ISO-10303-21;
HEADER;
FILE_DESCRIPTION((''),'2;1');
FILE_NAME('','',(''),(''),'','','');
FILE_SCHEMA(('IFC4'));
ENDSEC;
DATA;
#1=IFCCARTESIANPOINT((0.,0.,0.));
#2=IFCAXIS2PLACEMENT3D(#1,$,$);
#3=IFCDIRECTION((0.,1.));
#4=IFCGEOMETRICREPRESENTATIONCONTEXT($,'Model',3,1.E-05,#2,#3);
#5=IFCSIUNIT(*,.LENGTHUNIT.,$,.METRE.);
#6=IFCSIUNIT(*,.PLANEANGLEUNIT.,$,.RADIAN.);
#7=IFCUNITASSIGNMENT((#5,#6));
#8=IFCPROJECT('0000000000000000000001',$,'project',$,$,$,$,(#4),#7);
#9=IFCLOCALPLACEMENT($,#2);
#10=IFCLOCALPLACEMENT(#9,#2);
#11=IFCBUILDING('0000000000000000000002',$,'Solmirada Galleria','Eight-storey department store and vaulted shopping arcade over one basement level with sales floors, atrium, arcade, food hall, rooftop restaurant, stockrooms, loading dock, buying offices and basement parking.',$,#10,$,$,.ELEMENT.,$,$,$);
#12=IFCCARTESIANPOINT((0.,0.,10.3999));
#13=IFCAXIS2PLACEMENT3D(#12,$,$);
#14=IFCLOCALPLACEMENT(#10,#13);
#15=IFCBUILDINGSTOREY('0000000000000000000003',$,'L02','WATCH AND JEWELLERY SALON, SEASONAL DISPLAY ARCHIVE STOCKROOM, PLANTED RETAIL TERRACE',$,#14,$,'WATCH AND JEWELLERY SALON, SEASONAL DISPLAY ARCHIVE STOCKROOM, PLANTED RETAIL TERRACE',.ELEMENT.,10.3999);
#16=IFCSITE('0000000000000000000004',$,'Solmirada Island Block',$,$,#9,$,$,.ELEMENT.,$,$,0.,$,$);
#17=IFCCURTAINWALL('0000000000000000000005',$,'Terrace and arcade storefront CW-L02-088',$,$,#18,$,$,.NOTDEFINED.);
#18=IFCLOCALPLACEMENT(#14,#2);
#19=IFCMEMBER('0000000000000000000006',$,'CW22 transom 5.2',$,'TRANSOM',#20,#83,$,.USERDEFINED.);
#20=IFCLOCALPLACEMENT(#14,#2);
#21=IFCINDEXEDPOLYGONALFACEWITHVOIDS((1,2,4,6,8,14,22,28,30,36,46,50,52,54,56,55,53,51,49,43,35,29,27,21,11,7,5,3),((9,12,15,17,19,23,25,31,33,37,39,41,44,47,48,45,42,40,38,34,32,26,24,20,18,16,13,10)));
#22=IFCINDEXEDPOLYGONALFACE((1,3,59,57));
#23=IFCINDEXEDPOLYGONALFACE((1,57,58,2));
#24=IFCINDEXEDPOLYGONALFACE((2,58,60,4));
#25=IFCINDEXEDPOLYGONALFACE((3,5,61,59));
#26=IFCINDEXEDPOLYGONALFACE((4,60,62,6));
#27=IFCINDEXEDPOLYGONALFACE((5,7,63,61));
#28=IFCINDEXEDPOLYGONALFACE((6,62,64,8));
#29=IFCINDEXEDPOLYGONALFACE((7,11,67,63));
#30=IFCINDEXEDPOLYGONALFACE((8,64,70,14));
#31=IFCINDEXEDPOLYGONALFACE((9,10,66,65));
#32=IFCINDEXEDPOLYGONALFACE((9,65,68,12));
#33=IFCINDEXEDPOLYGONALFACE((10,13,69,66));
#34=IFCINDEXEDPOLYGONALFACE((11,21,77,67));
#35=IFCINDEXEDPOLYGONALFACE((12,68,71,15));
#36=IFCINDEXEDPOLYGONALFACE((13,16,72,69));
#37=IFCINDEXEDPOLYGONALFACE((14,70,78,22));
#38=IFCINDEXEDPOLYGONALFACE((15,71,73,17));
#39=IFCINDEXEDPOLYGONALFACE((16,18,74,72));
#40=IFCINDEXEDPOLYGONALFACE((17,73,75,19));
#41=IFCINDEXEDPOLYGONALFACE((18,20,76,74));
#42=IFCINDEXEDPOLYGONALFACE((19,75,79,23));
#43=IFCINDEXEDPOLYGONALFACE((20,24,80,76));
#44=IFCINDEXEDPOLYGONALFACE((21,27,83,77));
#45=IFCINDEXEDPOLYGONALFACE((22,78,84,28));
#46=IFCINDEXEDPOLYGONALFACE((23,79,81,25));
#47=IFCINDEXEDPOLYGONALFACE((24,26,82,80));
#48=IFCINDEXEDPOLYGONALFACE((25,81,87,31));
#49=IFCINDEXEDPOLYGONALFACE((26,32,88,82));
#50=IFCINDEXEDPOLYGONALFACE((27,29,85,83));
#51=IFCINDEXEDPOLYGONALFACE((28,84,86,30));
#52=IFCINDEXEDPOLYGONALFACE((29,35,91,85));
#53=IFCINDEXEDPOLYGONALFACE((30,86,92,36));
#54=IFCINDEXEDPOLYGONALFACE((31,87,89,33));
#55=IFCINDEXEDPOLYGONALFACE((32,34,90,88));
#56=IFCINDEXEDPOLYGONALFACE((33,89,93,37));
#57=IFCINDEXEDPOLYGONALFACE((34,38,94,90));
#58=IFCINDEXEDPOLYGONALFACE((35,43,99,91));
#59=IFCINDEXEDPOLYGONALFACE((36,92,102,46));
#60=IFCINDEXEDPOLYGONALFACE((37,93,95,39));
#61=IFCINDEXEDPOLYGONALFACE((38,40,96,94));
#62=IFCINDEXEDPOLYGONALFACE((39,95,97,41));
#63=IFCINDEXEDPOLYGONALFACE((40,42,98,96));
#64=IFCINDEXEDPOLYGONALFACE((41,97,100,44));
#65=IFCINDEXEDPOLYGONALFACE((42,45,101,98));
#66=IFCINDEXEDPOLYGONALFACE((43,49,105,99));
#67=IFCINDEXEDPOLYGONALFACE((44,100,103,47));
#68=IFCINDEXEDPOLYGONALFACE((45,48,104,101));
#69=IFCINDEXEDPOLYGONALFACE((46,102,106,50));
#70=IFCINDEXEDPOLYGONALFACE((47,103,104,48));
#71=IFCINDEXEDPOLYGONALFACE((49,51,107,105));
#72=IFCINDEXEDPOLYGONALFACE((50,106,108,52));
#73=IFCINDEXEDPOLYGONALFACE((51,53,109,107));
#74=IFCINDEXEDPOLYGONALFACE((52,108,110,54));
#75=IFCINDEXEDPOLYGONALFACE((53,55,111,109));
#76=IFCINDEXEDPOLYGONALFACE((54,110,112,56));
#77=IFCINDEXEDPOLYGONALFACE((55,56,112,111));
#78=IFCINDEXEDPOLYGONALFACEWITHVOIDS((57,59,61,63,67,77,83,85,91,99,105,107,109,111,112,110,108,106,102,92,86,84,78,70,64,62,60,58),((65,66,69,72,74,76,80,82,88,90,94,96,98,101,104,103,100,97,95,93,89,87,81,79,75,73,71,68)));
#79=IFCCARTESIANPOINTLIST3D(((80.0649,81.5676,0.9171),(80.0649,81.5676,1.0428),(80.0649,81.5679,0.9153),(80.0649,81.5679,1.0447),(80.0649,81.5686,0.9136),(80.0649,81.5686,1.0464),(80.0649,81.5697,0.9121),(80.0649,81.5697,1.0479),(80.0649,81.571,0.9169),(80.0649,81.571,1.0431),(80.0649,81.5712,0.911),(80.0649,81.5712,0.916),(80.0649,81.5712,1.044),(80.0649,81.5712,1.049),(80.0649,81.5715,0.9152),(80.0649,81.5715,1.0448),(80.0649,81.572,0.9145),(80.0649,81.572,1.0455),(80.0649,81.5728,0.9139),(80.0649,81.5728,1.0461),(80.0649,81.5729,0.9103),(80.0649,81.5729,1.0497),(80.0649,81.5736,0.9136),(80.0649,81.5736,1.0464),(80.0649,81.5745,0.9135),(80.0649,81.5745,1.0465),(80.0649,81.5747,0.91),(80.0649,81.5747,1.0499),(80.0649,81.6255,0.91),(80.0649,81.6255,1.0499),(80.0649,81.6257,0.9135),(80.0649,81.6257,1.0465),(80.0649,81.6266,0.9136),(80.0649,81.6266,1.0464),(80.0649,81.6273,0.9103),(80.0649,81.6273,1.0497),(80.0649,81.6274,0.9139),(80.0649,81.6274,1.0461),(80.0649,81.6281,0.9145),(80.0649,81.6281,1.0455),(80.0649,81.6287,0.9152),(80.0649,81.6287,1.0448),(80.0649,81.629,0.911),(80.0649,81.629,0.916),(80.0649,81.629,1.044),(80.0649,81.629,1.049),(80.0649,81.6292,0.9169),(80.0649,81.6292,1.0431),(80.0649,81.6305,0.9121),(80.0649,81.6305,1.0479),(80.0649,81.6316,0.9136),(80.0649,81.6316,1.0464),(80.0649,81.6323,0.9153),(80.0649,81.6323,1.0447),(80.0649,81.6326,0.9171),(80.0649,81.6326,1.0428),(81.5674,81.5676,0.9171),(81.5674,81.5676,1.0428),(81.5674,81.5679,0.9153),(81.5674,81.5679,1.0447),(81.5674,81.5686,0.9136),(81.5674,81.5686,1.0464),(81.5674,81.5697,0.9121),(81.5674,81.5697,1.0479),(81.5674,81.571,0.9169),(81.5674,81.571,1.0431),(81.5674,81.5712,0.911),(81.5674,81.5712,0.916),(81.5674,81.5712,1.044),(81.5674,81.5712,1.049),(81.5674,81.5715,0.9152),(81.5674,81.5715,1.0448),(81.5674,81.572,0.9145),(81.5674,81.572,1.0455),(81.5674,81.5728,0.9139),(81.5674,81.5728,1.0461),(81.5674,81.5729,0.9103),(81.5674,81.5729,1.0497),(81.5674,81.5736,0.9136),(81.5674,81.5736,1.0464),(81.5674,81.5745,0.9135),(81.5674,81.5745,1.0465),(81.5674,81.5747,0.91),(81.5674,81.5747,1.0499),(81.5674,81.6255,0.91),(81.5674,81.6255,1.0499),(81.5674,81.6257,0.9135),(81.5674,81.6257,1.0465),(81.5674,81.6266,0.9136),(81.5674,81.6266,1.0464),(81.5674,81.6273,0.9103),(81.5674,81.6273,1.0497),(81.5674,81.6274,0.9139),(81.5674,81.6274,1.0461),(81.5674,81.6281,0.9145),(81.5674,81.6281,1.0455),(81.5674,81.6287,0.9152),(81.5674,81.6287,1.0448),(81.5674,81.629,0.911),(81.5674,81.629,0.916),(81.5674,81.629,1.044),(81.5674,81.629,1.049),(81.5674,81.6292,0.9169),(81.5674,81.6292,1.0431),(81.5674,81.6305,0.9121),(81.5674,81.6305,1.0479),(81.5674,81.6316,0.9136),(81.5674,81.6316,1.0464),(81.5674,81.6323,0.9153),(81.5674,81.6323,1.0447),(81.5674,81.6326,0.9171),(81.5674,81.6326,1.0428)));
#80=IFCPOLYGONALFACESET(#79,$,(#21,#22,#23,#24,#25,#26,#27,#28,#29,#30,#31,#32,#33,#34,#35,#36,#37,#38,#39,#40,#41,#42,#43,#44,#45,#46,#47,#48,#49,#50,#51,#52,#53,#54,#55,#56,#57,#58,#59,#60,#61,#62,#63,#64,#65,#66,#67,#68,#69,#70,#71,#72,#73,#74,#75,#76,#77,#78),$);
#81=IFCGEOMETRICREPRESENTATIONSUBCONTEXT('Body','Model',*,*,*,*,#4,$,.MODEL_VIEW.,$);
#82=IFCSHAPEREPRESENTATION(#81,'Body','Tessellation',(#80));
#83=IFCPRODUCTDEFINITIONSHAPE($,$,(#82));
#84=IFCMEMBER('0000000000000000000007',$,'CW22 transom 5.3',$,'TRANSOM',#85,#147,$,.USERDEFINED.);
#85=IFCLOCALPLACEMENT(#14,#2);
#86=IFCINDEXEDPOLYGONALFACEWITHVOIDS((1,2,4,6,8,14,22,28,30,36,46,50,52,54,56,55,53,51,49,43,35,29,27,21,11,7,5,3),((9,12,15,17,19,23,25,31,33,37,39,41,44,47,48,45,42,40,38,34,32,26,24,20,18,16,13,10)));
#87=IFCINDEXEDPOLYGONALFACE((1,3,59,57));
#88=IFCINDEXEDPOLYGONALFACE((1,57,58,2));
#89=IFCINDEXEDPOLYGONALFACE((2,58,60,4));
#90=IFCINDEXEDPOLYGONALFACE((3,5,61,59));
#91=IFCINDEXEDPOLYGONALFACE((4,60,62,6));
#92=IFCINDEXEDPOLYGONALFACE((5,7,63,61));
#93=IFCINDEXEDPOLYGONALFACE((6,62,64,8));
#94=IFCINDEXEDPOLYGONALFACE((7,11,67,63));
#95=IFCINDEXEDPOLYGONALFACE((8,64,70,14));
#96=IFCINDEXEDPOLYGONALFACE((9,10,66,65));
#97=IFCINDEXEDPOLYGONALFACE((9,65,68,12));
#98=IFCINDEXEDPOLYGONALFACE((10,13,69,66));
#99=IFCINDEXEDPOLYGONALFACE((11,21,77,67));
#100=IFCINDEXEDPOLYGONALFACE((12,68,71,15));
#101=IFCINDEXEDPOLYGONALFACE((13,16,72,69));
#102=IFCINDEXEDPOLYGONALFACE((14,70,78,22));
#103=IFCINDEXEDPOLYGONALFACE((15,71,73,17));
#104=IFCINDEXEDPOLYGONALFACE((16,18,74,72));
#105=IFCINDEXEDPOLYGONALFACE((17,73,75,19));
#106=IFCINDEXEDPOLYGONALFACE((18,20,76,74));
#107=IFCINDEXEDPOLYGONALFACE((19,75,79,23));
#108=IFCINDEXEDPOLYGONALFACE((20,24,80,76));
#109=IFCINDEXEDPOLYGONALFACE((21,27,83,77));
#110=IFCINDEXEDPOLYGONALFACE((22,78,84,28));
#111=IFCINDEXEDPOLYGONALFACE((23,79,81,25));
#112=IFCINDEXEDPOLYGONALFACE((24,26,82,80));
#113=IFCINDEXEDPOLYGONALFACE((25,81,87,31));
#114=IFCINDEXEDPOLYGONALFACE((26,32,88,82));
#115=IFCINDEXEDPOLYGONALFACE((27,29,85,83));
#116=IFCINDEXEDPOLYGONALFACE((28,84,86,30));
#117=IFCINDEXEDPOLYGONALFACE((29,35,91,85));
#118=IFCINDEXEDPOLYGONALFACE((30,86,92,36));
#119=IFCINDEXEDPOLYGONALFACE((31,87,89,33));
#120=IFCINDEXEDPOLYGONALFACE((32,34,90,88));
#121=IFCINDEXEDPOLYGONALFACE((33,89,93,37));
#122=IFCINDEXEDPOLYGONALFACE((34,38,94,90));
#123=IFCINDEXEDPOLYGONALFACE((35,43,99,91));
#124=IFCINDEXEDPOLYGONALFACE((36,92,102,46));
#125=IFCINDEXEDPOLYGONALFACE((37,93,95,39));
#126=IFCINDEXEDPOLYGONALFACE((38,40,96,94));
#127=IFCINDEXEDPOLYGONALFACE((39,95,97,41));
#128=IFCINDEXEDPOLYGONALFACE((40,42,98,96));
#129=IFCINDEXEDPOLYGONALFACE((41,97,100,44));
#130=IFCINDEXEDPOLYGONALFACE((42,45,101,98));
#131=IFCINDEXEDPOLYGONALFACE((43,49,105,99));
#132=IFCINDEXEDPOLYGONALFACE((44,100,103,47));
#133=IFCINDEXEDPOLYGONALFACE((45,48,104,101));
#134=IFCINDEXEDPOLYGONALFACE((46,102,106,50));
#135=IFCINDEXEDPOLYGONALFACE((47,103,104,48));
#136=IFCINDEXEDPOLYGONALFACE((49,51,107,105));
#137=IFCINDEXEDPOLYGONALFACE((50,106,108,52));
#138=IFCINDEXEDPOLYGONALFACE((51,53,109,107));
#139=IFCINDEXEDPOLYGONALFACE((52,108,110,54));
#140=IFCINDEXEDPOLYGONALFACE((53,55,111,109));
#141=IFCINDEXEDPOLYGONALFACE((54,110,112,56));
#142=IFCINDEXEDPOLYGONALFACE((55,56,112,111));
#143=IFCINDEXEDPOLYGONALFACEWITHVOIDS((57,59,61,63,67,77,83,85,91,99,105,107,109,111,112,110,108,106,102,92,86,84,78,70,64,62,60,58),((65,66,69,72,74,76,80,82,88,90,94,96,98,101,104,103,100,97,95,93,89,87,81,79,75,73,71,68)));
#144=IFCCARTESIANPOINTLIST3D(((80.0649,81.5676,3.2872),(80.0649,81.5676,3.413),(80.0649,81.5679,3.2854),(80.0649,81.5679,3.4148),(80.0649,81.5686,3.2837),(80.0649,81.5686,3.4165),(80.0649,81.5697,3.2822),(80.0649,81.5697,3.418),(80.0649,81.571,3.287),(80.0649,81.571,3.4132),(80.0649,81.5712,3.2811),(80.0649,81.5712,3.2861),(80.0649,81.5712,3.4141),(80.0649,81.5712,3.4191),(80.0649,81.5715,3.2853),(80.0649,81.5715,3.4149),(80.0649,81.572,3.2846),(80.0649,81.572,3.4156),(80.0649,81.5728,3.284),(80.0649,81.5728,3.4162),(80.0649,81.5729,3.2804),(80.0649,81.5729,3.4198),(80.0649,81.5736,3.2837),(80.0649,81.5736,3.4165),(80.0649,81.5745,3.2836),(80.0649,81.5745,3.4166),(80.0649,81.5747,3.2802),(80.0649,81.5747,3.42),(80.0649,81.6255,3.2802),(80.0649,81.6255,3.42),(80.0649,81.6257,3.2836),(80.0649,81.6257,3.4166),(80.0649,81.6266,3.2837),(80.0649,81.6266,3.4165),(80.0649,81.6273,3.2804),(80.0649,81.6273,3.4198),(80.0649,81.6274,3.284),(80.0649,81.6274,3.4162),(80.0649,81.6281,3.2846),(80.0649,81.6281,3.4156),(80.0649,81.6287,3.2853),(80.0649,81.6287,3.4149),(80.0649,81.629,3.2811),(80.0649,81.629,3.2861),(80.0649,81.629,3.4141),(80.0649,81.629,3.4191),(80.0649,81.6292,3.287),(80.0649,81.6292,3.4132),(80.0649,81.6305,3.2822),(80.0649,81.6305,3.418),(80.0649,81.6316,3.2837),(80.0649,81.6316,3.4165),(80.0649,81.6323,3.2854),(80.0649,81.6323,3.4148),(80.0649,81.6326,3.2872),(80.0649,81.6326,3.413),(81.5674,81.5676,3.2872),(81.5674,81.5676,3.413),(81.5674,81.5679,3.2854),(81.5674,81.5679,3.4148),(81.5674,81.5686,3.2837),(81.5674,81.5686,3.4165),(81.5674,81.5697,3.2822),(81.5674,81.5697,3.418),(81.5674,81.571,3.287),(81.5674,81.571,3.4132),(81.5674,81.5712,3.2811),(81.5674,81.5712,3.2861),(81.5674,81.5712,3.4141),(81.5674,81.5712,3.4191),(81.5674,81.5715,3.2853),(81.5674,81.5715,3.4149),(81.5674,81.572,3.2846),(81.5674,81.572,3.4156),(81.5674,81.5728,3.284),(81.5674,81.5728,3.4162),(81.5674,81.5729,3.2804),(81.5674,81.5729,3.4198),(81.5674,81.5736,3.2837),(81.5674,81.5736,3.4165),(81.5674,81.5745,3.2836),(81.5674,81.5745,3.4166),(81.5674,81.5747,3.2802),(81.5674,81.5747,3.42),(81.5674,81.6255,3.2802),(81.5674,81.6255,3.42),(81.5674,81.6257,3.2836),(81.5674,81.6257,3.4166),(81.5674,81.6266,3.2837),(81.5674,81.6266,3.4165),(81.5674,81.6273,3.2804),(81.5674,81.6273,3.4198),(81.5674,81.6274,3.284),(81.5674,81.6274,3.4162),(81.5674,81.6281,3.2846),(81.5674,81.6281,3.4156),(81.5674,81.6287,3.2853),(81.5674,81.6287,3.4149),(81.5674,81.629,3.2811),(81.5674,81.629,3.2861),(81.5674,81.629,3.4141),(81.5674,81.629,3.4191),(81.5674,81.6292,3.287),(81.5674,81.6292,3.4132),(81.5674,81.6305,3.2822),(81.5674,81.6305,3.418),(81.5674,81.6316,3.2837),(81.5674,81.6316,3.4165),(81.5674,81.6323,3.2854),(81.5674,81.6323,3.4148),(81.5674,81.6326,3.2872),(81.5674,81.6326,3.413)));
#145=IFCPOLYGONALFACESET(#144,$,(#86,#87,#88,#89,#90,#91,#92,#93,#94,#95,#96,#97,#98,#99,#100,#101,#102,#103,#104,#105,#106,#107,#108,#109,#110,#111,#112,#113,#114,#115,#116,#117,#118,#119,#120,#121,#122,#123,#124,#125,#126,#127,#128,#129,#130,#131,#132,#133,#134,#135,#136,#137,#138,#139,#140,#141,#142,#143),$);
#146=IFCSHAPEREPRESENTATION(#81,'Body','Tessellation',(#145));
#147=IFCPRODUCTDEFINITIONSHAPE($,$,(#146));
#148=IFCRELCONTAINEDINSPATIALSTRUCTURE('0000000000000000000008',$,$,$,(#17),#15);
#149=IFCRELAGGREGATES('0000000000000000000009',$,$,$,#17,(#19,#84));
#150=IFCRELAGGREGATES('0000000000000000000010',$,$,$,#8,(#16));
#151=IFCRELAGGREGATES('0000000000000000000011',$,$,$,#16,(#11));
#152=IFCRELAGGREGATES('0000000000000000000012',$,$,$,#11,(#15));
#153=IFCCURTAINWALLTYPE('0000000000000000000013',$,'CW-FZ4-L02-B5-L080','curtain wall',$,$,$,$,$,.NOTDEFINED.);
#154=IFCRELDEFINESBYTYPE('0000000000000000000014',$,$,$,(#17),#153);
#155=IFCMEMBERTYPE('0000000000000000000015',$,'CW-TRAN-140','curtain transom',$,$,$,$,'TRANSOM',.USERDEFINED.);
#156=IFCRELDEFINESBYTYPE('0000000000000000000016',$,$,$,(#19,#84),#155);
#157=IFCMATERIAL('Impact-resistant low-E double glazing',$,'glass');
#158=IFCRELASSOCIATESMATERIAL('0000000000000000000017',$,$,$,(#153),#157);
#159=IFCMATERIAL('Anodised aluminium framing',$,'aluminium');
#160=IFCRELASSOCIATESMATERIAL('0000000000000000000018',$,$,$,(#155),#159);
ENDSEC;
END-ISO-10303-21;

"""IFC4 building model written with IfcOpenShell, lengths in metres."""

from ifc_helpers import new_model, si_unit, direction, frame, origin, origin_2d, place, context, subcontext, project, spatial, hollow_rectangle, extrude, material, material_profile, profile_set, type_object, element, aggregate, save


model = new_model("IFC4")

# Units and contexts
model_context = context("Model", 3, precision=1e-05, world=origin(), true_north=direction((0.0, 1.0)))
body_context = subcontext(model_context, "Body", "Model", "MODEL_VIEW")
ifc_project = project(units=[si_unit("LENGTHUNIT", "METRE"), si_unit("PLANEANGLEUNIT", "RADIAN")], contexts=[model_context])

# Site, building, storey
site_placement = place(None, origin())
site = spatial("IfcSite", under=ifc_project, at=site_placement, Name="Solmirada Island Block", CompositionType="ELEMENT", RefElevation=0.0)
building_placement = place(site_placement, origin())
building = spatial("IfcBuilding", under=site, at=building_placement, Name="Solmirada Galleria", Description="Eight-storey department store and vaulted shopping arcade over one basement level with sales floors, atrium, arcade, food hall, rooftop restaurant, stockrooms, loading dock, buying offices and basement parking.", CompositionType="ELEMENT")
storey_placement = place(building_placement, frame((0.0, 0.0, 10.3999)))
storey = spatial("IfcBuildingStorey", under=building, at=storey_placement, Name="L02", Description="WATCH AND JEWELLERY SALON, SEASONAL DISPLAY ARCHIVE STOCKROOM, PLANTED RETAIL TERRACE", LongName="WATCH AND JEWELLERY SALON, SEASONAL DISPLAY ARCHIVE STOCKROOM, PLANTED RETAIL TERRACE", CompositionType="ELEMENT", Elevation=10.3999)

# Curtain wall, members
ifc_material_1 = material(Name="Impact-resistant low-E double glazing", Category="glass")
curtain_wall_type = type_object("IfcCurtainWallType", Name="CW-FZ4-L02-B5-L080", Description="curtain wall", PredefinedType="NOTDEFINED", material=ifc_material_1)
curtain_wall_placement = place(storey_placement, origin())
curtain_wall = element("IfcCurtainWall", 1, at=curtain_wall_placement, inside=storey, type_object=curtain_wall_type, Name="Terrace and arcade storefront CW-L02-088", PredefinedType="NOTDEFINED")
ifc_material_2 = material(Name="Anodised aluminium framing", Category="aluminium")
ifc_material_profile_1 = material_profile(ifc_material_2, hollow_rectangle(XDim=0.0649, YDim=0.1399, WallThickness=0.0034, InnerFilletRadius=0.0034, OuterFilletRadius=0.0071, at=origin_2d()), Name="ALU-TRAN-140X65")
ifc_profile_set_1 = profile_set([ifc_material_profile_1], Name="Anodised aluminium framing")
member_type_1 = type_object("IfcMemberType", Name="CW-TRAN-140", Description="curtain transom", ElementType="TRANSOM", PredefinedType="USERDEFINED", material=ifc_profile_set_1)
member_1_placement = place(storey_placement, frame((81.5674, 81.6001, 0.98), z_axis=(-1.0, 0.0, 0.0), x_axis=(0.0, -1.0, 0.0)))
member_1 = element("IfcMember", 2, at=member_1_placement, type_object=member_type_1, Name="CW22 transom 5.2", ObjectType="TRANSOM", PredefinedType="USERDEFINED", context=body_context, shape_type="SweptSolid", body=[
    extrude(hollow_rectangle(XDim=0.0649, YDim=0.1399, WallThickness=0.0034, InnerFilletRadius=0.0034, OuterFilletRadius=0.0071, at=origin_2d()), origin(), (0.0, 0.0, 1.0), 1.5024),
])
member_2_placement = place(storey_placement, frame((81.5674, 81.6001, 3.3501), z_axis=(-1.0, 0.0, 0.0), x_axis=(0.0, -1.0, 0.0)))
member_2 = element("IfcMember", 3, at=member_2_placement, type_object=member_type_1, Name="CW22 transom 5.3", ObjectType="TRANSOM", PredefinedType="USERDEFINED", context=body_context, shape_type="SweptSolid", body=[
    extrude(hollow_rectangle(XDim=0.0649, YDim=0.1399, WallThickness=0.0034, InnerFilletRadius=0.0034, OuterFilletRadius=0.0071, at=origin_2d()), origin(), (0.0, 0.0, 1.0), 1.5024),
])
aggregate(curtain_wall, [member_1, member_2])

save(model, "model.ifc")
